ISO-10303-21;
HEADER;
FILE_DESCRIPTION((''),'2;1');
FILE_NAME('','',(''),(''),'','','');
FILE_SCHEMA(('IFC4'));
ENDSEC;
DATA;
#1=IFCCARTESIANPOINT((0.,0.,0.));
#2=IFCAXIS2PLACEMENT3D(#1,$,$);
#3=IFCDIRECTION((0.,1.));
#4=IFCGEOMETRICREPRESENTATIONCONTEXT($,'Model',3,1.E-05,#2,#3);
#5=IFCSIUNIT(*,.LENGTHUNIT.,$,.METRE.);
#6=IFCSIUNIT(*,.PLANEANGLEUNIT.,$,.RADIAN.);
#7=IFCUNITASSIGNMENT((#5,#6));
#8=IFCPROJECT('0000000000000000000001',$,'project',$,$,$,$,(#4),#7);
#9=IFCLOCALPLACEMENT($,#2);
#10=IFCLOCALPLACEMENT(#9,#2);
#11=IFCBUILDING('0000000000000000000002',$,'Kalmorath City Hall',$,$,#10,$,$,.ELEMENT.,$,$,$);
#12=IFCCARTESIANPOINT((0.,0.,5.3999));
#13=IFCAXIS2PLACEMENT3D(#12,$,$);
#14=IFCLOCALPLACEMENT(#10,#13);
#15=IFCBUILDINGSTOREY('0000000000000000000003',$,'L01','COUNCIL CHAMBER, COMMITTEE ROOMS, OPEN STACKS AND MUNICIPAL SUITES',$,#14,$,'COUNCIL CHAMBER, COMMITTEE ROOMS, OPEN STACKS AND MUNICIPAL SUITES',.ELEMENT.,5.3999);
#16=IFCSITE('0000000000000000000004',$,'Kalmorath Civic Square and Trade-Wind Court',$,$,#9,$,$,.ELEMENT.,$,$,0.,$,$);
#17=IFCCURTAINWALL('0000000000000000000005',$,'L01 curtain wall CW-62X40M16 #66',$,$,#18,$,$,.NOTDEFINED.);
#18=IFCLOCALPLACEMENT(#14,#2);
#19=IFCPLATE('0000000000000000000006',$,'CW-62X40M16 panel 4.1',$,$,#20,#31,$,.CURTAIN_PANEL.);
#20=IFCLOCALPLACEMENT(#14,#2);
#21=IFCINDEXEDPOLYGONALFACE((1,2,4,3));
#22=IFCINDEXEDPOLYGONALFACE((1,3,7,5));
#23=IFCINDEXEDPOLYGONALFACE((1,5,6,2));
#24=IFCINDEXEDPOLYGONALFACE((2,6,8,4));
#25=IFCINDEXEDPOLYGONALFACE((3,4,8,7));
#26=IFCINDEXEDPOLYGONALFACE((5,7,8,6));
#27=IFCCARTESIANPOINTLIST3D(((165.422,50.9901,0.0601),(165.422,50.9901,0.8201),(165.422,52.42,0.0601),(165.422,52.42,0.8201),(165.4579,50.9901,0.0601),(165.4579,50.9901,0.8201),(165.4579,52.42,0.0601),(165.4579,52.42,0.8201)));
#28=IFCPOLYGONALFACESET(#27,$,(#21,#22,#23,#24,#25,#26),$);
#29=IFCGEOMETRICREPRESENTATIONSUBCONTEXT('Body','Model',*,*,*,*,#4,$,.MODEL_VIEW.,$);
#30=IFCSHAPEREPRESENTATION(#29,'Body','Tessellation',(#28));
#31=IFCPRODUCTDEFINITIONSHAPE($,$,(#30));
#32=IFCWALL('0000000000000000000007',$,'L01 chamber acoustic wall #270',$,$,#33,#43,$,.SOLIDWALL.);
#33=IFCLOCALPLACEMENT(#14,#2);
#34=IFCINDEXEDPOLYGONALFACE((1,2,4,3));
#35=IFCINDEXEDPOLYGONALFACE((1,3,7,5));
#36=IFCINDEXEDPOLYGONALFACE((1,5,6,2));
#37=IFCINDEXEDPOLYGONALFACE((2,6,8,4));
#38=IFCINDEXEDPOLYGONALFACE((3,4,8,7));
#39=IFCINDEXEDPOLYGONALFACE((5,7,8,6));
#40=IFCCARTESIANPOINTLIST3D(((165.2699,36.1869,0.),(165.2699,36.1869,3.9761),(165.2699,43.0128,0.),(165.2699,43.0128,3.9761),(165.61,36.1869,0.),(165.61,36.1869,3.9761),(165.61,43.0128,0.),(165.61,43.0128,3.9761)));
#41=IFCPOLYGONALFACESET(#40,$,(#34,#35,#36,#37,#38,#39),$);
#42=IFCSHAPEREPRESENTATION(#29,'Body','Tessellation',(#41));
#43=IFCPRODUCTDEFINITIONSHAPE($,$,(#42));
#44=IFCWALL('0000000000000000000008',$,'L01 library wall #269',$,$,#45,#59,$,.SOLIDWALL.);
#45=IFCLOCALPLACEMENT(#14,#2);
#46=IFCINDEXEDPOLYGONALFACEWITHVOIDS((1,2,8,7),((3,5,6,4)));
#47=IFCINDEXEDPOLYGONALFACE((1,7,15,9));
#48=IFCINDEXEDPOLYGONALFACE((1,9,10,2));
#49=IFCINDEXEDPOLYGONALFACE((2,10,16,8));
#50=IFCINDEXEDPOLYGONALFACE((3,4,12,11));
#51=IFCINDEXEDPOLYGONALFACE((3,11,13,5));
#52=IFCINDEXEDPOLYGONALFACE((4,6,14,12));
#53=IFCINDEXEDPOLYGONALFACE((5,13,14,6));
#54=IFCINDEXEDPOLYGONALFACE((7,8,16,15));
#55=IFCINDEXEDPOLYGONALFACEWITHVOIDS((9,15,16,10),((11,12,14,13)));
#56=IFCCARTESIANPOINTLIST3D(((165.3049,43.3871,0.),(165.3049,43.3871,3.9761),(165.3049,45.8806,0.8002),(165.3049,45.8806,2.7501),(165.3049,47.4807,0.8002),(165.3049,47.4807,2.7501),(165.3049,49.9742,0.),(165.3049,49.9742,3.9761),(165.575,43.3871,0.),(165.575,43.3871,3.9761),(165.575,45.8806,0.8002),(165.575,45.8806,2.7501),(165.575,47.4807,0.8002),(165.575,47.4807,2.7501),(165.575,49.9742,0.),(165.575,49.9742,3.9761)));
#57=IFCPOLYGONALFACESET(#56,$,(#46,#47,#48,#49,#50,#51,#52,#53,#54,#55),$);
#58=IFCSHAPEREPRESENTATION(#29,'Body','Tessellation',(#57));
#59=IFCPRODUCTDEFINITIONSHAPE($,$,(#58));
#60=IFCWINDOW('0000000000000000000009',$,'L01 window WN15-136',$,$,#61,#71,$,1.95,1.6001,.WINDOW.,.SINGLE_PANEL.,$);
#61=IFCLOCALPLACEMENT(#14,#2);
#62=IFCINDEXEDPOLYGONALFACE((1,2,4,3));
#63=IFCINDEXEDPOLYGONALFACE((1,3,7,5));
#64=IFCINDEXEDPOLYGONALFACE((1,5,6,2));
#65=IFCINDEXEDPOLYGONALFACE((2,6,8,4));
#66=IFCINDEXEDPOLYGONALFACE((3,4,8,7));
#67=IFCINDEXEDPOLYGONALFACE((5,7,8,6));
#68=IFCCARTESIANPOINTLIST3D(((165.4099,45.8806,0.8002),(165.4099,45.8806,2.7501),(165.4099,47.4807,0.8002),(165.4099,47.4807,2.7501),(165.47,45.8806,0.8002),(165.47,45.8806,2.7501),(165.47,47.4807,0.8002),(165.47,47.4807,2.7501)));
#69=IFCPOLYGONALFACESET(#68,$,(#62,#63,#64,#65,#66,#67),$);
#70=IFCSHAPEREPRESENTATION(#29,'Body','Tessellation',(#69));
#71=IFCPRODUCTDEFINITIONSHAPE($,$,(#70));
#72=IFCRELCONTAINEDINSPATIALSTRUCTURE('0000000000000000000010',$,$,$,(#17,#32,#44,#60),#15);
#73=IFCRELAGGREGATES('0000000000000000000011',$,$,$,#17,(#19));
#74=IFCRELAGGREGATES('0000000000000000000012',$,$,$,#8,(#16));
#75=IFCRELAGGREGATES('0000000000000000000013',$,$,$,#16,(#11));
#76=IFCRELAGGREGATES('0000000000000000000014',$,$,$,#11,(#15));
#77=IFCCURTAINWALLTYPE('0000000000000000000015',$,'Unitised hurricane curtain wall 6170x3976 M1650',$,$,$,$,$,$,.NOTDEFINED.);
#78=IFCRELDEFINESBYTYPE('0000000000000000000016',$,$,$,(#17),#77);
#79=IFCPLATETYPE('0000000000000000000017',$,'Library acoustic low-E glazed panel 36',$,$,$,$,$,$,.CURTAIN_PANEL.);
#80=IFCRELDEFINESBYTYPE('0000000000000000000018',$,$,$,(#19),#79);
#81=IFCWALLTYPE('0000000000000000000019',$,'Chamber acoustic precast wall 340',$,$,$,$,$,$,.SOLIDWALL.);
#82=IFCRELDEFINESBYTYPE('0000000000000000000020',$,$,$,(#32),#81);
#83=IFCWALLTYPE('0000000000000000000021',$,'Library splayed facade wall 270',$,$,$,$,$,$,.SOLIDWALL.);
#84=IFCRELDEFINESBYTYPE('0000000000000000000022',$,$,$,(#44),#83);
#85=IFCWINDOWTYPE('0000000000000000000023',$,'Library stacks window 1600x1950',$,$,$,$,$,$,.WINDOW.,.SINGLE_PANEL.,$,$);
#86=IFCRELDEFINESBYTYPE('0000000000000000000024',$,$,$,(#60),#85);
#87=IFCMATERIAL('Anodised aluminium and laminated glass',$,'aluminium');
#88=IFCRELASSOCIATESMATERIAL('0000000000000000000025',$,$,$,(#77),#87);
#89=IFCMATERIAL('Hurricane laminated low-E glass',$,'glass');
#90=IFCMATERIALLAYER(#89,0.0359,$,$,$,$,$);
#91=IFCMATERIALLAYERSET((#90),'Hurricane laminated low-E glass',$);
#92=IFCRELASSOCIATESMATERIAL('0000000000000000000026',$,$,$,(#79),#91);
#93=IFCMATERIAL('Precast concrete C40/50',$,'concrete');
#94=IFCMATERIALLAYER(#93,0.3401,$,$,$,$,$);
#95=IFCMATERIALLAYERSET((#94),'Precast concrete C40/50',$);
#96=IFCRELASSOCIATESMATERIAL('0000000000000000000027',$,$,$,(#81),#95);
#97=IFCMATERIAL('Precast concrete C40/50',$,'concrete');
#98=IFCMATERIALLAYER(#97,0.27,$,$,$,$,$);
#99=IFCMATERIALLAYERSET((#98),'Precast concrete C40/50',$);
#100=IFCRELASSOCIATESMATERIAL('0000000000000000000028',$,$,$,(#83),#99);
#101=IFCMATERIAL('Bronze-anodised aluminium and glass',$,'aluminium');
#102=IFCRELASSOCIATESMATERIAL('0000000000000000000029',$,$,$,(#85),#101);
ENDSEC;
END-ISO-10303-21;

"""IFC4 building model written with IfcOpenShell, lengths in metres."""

from ifc_helpers import new_model, si_unit, direction, frame, frame_2d, origin, origin_2d, place, context, subcontext, project, spatial, rectangle, extrude, material, layer, layer_set, type_object, element, fill, aggregate, save


model = new_model("IFC4")

# Units and contexts
model_context = context("Model", 3, precision=1e-05, world=origin(), true_north=direction((0.0, 1.0)))
body_context = subcontext(model_context, "Body", "Model", "MODEL_VIEW")
ifc_project = project(units=[si_unit("LENGTHUNIT", "METRE"), si_unit("PLANEANGLEUNIT", "RADIAN")], contexts=[model_context])

# Site, building, storey
site_placement = place(None, origin())
site = spatial("IfcSite", under=ifc_project, at=site_placement, Name="Kalmorath Civic Square and Trade-Wind Court", CompositionType="ELEMENT", RefElevation=0.0)
building_placement = place(site_placement, origin())
building = spatial("IfcBuilding", under=site, at=building_placement, Name="Kalmorath City Hall", CompositionType="ELEMENT")
storey_placement = place(building_placement, frame((0.0, 0.0, 5.3999)))
storey = spatial("IfcBuildingStorey", under=building, at=storey_placement, Name="L01", Description="COUNCIL CHAMBER, COMMITTEE ROOMS, OPEN STACKS AND MUNICIPAL SUITES", LongName="COUNCIL CHAMBER, COMMITTEE ROOMS, OPEN STACKS AND MUNICIPAL SUITES", CompositionType="ELEMENT", Elevation=5.3999)

# Curtain wall
ifc_material_1 = material(Name="Anodised aluminium and laminated glass", Category="aluminium")
curtain_wall_type = type_object("IfcCurtainWallType", Name="Unitised hurricane curtain wall 6170x3976 M1650", PredefinedType="NOTDEFINED", material=ifc_material_1)
curtain_wall_placement = place(storey_placement, origin())
curtain_wall = element("IfcCurtainWall", 1, at=curtain_wall_placement, inside=storey, type_object=curtain_wall_type, Name="L01 curtain wall CW-62X40M16 #66", PredefinedType="NOTDEFINED")

# Plate
ifc_material_2 = material(Name="Hurricane laminated low-E glass", Category="glass")
ifc_layer_1 = layer(ifc_material_2, 0.0359)
ifc_layer_set_1 = layer_set([ifc_layer_1], Name="Hurricane laminated low-E glass")
plate_type = type_object("IfcPlateType", Name="Library acoustic low-E glazed panel 36", PredefinedType="CURTAIN_PANEL", material=ifc_layer_set_1)
plate_placement = place(storey_placement, frame((165.4399, 51.7051, 0.0601), z_axis=(0.0, 0.0, 1.0), x_axis=(0.0, -1.0, 0.0)))
plate = element("IfcPlate", 2, at=plate_placement, type_object=plate_type, Name="CW-62X40M16 panel 4.1", PredefinedType="CURTAIN_PANEL", context=body_context, shape_type="SweptSolid", body=[
    extrude(rectangle(XDim=1.4299, YDim=0.0359, at=origin_2d()), origin(), (0.0, 0.0, 1.0), 0.76),
])
aggregate(curtain_wall, [plate])

# Wall
ifc_material_3 = material(Name="Precast concrete C40/50", Category="concrete")
ifc_layer_2 = layer(ifc_material_3, 0.3401)
ifc_layer_set_2 = layer_set([ifc_layer_2], Name="Precast concrete C40/50")
wall_type_1 = type_object("IfcWallType", Name="Chamber acoustic precast wall 340", PredefinedType="SOLIDWALL", material=ifc_layer_set_2)
wall_1_placement = place(storey_placement, frame((165.4399, 43.0129, 0.0), z_axis=(0.0, 0.0, 1.0), x_axis=(0.0, -1.0, 0.0)))
element("IfcWall", 3, at=wall_1_placement, inside=storey, type_object=wall_type_1, Name="L01 chamber acoustic wall #270", PredefinedType="SOLIDWALL", context=body_context, shape_type="SweptSolid", body=[
    extrude(rectangle(XDim=6.8259, YDim=0.3401, at=frame_2d((3.4131, 0.0))), origin(), (0.0, 0.0, 1.0), 3.9761),
])

# Wall, opening, window
ifc_material_4 = material(Name="Precast concrete C40/50", Category="concrete")
ifc_layer_3 = layer(ifc_material_4, 0.27)
ifc_layer_set_3 = layer_set([ifc_layer_3], Name="Precast concrete C40/50")
wall_type_2 = type_object("IfcWallType", Name="Library splayed facade wall 270", PredefinedType="SOLIDWALL", material=ifc_layer_set_3)
wall_2_placement = place(storey_placement, frame((165.4399, 49.9741, 0.0), z_axis=(0.0, 0.0, 1.0), x_axis=(0.0, -1.0, 0.0)))
wall_2 = element("IfcWall", 4, at=wall_2_placement, inside=storey, type_object=wall_type_2, Name="L01 library wall #269", PredefinedType="SOLIDWALL", context=body_context, shape_type="SweptSolid", body=[
    extrude(rectangle(XDim=6.5872, YDim=0.27, at=frame_2d((3.2935, 0.0))), origin(), (0.0, 0.0, 1.0), 3.9761),
])
opening_placement = place(wall_2_placement, frame((2.4934, 0.0, 0.8)))
opening = element("IfcOpeningElement", 5, at=opening_placement, cuts=wall_2, PredefinedType="OPENING", context=body_context, shape_type="SweptSolid", body=[
    extrude(rectangle(XDim=1.6001, YDim=1.95, at=frame_2d((0.8, 0.9751))), frame((0.0, 0.145, 0.0), z_axis=(0.0, -1.0, 0.0), x_axis=(1.0, 0.0, 0.0)), (0.0, 0.0, 1.0), 0.29),
])
ifc_material_5 = material(Name="Bronze-anodised aluminium and glass", Category="aluminium")
window_type = type_object("IfcWindowType", Name="Library stacks window 1600x1950", PartitioningType="SINGLE_PANEL", PredefinedType="WINDOW", material=ifc_material_5)
window_placement = place(opening_placement, origin())
window = element("IfcWindow", 6, at=window_placement, inside=storey, type_object=window_type, Name="L01 window WN15-136", OverallHeight=1.95, OverallWidth=1.6001, PartitioningType="SINGLE_PANEL", PredefinedType="WINDOW", context=body_context, shape_type="SweptSolid", body=[
    extrude(rectangle(XDim=1.6001, YDim=1.95, at=frame_2d((0.8, 0.9751))), frame((0.0, 0.03, 0.0), z_axis=(0.0, -1.0, 0.0), x_axis=(1.0, 0.0, 0.0)), (0.0, 0.0, 1.0), 0.0601),
])
fill(opening, window)

save(model, "model.ifc")
